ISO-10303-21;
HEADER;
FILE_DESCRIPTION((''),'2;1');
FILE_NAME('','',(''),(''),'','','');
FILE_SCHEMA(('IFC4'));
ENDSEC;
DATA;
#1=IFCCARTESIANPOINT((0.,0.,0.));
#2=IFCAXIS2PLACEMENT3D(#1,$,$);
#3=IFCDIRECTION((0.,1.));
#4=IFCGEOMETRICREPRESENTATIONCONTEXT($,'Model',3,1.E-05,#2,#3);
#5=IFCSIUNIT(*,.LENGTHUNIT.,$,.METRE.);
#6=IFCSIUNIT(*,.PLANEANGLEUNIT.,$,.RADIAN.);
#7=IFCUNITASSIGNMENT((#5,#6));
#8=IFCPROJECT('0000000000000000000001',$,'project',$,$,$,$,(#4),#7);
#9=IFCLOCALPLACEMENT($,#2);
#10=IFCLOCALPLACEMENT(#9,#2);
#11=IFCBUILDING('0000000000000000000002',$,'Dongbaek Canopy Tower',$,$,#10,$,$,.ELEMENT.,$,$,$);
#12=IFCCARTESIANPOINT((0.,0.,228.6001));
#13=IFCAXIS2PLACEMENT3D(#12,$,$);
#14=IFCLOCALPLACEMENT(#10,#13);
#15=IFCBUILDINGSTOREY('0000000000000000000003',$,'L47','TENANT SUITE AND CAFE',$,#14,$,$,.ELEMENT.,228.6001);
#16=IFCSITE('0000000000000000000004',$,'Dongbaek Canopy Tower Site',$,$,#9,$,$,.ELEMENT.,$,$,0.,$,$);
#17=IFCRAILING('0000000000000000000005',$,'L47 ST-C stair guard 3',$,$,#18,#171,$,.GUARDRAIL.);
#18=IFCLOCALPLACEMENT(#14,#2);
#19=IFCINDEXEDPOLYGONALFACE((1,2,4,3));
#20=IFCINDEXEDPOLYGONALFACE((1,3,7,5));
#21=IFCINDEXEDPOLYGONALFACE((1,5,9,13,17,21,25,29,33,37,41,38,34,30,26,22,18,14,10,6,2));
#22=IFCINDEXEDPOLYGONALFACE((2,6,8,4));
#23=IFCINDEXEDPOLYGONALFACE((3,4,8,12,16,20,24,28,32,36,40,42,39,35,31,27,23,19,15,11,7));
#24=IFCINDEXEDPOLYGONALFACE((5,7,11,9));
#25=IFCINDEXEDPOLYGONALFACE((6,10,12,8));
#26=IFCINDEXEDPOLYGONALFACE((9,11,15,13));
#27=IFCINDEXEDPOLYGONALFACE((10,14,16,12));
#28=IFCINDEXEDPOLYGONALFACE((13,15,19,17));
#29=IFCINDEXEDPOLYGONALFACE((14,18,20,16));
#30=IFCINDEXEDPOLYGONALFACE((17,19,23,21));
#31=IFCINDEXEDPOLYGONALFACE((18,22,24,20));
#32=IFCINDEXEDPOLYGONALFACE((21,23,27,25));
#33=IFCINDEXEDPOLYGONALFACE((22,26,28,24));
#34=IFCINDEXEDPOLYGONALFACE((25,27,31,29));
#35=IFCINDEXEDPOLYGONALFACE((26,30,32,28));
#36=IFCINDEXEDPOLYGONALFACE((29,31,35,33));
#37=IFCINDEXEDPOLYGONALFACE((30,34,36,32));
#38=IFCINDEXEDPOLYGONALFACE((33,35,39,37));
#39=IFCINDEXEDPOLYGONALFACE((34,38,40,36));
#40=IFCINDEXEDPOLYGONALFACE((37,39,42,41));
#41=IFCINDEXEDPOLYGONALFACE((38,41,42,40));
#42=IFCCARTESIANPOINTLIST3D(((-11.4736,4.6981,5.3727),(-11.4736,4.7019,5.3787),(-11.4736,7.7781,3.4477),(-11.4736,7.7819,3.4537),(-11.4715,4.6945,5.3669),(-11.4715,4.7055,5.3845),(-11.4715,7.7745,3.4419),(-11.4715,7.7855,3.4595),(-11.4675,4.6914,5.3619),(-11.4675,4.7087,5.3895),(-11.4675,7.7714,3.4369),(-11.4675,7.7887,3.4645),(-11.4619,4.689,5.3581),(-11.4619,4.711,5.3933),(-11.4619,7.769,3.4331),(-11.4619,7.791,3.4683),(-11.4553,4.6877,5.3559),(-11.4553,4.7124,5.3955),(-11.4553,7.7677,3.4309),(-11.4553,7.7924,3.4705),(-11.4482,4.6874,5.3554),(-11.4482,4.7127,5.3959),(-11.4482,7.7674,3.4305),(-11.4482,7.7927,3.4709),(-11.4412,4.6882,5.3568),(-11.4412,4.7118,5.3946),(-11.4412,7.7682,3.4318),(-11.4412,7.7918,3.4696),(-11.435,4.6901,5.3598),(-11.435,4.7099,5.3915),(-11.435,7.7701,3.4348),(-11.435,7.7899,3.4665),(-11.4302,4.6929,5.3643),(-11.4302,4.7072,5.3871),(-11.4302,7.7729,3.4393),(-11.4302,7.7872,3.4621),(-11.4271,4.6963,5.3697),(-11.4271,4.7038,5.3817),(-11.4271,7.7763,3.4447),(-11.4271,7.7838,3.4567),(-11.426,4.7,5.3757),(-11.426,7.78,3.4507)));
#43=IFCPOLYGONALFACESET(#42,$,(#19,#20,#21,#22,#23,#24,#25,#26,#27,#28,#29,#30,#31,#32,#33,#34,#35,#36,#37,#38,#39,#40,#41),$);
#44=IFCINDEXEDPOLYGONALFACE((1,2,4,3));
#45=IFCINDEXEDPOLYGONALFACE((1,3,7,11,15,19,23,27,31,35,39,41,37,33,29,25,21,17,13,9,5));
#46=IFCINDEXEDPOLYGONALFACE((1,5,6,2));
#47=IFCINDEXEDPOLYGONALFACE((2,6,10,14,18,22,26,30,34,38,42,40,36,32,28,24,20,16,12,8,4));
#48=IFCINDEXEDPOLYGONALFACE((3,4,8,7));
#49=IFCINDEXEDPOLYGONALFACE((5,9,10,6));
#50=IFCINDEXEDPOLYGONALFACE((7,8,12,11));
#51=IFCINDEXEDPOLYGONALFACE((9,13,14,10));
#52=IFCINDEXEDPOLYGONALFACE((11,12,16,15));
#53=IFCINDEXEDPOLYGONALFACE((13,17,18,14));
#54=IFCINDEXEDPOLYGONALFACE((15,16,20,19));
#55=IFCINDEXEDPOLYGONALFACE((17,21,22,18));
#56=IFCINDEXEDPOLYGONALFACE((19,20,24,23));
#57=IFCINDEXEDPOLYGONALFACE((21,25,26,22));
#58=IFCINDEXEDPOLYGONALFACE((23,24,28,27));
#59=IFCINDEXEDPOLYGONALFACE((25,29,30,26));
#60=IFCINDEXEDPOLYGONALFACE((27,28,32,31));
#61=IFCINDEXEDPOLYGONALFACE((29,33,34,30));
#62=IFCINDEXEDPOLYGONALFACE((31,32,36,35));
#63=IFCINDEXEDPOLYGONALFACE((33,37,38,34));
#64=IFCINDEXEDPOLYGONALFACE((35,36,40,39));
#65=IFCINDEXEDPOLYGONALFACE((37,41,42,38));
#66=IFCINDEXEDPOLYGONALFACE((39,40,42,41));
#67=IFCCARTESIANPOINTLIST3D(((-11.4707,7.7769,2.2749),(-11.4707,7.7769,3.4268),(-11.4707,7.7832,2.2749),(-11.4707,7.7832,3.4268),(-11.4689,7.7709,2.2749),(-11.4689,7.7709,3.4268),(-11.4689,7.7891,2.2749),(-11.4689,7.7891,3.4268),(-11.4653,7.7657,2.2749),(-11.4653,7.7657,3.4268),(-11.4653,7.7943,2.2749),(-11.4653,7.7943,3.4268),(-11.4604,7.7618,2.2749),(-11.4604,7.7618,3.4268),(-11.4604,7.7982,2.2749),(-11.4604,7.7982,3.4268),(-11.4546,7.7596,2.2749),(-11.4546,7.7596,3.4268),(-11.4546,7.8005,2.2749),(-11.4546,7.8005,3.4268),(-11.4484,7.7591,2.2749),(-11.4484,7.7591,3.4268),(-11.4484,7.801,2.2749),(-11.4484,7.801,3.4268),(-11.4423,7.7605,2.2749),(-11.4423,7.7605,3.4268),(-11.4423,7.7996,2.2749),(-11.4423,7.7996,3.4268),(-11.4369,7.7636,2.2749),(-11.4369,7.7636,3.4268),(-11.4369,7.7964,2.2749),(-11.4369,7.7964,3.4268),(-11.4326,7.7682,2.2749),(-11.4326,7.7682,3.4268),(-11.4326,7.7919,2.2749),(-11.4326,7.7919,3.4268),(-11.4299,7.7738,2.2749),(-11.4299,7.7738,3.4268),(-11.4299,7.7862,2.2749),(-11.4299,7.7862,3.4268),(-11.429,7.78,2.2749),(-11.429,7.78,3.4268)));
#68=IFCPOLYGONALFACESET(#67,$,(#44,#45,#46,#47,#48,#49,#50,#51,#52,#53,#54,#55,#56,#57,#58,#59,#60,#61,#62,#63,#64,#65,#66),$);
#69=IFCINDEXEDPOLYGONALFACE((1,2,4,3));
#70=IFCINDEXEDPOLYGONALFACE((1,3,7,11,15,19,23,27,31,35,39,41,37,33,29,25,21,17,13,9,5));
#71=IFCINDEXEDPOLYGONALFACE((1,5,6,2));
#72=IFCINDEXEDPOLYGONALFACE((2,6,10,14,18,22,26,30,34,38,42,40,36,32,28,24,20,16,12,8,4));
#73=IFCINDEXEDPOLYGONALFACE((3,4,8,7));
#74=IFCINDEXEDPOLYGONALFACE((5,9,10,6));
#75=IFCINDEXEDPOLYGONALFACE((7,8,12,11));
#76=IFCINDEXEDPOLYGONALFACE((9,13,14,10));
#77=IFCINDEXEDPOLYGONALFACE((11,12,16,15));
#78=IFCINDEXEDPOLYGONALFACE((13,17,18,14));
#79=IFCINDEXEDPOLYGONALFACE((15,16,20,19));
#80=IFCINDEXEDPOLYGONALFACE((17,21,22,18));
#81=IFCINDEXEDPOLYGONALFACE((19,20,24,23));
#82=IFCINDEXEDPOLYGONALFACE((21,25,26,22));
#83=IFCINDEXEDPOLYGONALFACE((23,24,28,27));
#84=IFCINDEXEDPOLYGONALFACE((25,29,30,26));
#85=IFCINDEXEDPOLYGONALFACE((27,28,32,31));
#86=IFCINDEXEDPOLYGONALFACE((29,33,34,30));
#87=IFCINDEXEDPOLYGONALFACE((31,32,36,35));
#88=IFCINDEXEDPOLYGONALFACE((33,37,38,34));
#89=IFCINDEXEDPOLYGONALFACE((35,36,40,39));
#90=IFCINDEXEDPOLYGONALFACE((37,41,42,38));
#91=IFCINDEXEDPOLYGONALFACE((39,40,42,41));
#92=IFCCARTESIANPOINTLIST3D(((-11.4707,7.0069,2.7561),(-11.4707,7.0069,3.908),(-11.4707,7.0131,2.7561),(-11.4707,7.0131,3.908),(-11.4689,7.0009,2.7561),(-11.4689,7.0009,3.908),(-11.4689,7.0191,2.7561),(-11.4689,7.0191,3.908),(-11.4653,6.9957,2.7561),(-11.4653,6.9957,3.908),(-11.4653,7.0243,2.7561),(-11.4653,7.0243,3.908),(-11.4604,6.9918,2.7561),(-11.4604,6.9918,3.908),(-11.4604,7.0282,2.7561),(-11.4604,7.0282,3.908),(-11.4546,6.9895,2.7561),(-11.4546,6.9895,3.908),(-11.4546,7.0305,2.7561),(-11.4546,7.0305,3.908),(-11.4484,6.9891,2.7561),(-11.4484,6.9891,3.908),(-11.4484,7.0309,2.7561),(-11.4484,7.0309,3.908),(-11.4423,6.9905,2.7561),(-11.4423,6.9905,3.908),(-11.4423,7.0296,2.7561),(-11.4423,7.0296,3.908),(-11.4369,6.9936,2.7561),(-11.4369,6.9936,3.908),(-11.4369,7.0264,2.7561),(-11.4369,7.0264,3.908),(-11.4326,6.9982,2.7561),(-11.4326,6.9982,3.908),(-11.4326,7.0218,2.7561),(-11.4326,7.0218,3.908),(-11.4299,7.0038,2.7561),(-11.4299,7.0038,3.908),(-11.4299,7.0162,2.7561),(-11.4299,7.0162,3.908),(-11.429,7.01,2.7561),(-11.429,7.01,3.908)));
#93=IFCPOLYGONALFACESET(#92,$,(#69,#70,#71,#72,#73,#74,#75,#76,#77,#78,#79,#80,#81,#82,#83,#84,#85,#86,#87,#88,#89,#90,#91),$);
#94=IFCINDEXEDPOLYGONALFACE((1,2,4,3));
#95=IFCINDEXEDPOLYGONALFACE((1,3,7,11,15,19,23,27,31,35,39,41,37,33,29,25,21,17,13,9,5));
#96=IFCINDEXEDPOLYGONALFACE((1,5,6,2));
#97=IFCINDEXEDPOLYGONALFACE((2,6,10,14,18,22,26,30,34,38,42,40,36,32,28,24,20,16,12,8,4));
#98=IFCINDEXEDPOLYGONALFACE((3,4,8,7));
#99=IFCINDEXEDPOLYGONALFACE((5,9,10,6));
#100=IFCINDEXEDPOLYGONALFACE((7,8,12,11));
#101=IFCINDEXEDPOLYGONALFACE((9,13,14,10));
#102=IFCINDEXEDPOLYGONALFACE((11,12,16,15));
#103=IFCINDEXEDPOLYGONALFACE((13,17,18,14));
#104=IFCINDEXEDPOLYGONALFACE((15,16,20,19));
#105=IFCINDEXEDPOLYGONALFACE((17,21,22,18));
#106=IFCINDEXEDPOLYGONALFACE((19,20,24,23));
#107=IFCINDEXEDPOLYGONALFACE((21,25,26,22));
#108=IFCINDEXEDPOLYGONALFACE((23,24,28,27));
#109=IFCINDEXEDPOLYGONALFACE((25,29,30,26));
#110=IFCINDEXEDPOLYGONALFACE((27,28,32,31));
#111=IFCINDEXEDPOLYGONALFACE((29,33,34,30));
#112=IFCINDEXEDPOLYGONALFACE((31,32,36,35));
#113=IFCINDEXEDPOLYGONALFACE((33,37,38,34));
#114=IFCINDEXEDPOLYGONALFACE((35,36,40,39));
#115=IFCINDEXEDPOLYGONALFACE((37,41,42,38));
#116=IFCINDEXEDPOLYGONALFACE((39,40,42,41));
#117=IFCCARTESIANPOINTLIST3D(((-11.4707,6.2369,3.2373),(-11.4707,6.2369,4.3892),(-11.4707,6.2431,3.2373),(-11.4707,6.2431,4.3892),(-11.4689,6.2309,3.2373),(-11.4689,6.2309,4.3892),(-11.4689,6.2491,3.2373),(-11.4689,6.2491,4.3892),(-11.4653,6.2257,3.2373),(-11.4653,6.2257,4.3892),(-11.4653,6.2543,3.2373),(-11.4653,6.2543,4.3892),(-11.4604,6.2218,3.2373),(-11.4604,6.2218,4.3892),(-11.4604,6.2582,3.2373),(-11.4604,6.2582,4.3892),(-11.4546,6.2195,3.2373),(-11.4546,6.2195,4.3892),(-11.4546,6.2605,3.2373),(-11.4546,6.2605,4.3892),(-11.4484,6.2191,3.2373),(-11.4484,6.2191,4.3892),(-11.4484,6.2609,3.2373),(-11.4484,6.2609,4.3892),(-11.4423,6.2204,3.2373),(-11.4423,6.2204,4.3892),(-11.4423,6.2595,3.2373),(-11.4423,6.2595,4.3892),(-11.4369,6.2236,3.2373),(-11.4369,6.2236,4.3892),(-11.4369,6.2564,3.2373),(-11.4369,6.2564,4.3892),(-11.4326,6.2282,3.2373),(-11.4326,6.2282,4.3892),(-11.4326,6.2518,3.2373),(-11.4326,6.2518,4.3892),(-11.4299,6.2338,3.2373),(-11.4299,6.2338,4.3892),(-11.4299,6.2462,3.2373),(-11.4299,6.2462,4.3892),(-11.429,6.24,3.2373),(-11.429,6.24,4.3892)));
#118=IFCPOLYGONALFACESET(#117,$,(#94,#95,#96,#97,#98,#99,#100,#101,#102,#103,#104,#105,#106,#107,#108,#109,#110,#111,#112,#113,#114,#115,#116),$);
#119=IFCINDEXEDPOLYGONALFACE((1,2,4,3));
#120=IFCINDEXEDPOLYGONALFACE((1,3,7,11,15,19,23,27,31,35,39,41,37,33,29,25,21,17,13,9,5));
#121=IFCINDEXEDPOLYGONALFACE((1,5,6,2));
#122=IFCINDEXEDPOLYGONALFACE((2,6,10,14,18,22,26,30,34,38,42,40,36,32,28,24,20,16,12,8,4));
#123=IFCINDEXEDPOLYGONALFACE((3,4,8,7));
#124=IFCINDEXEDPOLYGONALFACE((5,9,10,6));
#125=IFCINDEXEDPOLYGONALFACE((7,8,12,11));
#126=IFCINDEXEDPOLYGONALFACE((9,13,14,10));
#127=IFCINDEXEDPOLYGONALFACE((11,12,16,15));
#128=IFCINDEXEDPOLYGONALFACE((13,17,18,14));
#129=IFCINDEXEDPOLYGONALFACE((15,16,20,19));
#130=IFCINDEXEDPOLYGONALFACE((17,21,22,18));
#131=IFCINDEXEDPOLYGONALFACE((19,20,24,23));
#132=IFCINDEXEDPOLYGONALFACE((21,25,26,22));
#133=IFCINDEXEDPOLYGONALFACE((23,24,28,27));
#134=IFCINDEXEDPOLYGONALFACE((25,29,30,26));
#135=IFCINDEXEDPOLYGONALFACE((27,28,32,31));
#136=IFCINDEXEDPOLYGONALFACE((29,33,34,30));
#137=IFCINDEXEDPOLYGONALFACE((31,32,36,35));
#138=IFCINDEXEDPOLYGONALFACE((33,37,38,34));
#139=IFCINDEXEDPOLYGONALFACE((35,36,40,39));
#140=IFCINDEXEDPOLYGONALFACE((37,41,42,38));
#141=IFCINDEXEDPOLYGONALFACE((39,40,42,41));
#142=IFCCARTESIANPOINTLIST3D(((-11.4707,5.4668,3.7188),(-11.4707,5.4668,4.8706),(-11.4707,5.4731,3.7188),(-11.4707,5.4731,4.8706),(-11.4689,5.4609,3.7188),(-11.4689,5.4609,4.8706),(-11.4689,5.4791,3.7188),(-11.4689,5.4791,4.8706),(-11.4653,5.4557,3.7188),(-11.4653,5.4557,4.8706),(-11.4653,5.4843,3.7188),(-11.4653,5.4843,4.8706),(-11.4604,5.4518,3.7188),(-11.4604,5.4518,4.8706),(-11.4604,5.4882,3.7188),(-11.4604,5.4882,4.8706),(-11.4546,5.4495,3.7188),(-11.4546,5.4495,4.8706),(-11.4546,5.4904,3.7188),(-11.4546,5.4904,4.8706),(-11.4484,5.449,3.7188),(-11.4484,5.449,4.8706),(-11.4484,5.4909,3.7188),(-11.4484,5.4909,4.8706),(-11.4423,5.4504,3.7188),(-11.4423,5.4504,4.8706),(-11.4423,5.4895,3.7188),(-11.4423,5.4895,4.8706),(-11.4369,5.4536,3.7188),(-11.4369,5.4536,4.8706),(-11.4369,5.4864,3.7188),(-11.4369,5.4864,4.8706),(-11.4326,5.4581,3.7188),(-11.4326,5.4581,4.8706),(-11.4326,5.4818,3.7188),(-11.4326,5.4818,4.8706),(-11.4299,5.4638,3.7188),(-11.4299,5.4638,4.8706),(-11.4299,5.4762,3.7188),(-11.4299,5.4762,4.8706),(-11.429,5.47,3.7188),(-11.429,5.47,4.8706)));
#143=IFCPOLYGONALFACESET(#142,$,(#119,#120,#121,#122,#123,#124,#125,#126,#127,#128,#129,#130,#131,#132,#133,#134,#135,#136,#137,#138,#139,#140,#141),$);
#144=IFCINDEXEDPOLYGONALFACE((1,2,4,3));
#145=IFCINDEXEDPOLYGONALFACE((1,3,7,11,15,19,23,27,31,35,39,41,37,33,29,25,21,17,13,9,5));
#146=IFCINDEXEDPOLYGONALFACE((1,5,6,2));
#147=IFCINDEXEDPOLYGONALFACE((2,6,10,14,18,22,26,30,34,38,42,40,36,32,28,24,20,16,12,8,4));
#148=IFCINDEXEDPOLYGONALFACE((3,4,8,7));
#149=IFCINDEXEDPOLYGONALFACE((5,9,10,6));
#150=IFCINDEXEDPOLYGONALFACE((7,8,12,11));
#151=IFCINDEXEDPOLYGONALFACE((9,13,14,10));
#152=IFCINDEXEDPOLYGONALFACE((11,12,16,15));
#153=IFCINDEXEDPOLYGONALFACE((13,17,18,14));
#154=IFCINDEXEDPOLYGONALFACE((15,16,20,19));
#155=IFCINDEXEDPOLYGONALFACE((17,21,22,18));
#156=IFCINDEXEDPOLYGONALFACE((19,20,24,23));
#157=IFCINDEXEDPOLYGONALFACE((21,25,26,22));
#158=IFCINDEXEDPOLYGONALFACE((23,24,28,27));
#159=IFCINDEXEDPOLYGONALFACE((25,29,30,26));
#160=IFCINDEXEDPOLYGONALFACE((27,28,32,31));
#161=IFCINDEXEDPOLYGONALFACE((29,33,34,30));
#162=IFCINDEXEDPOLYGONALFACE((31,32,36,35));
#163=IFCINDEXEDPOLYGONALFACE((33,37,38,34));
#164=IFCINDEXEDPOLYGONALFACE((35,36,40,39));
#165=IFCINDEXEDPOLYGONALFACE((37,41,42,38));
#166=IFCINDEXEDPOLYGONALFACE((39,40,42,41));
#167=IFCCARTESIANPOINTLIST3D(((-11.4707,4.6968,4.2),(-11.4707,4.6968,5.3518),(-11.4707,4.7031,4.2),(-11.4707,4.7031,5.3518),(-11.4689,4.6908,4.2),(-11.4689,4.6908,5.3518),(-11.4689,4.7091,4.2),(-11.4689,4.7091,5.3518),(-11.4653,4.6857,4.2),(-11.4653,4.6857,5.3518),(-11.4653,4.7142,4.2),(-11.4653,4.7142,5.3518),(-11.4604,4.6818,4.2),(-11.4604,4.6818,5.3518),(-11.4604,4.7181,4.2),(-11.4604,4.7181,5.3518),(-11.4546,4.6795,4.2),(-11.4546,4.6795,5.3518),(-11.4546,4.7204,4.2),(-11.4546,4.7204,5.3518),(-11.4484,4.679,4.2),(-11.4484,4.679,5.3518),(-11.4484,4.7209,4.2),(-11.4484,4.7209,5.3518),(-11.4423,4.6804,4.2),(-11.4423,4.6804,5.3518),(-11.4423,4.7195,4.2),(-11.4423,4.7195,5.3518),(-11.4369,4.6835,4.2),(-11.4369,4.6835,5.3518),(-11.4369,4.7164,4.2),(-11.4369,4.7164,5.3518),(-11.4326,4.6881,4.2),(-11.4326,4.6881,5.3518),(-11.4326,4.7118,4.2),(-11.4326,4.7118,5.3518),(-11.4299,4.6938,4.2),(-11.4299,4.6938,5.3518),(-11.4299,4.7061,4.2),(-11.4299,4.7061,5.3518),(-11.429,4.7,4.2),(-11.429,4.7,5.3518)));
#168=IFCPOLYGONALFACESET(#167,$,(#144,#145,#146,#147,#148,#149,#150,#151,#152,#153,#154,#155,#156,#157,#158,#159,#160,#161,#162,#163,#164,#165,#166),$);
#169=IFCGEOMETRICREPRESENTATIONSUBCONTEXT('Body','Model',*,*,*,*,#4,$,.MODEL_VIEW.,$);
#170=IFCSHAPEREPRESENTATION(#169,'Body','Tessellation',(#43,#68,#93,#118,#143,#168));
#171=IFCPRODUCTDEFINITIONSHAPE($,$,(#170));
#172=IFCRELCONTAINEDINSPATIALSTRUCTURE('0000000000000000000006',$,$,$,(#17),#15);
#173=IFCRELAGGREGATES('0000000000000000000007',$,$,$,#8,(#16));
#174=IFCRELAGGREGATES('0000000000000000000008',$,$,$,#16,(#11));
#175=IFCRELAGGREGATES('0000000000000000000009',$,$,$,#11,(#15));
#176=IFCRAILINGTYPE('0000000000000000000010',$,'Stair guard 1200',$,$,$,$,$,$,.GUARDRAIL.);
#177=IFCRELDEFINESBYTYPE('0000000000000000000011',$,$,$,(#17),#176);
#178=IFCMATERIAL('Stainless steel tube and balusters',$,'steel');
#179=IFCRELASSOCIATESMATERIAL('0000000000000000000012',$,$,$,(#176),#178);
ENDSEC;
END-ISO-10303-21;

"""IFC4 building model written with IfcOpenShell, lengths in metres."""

from ifc_helpers import new_model, si_unit, direction, frame, origin, origin_2d, place, context, subcontext, project, spatial, circle, extrude, material, type_object, element, save


model = new_model("IFC4")

# Units and contexts
model_context = context("Model", 3, precision=1e-05, world=origin(), true_north=direction((0.0, 1.0)))
body_context = subcontext(model_context, "Body", "Model", "MODEL_VIEW")
ifc_project = project(units=[si_unit("LENGTHUNIT", "METRE"), si_unit("PLANEANGLEUNIT", "RADIAN")], contexts=[model_context])

# Site, building, storey
site_placement = place(None, origin())
site = spatial("IfcSite", under=ifc_project, at=site_placement, Name="Dongbaek Canopy Tower Site", CompositionType="ELEMENT", RefElevation=0.0)
building_placement = place(site_placement, origin())
building = spatial("IfcBuilding", under=site, at=building_placement, Name="Dongbaek Canopy Tower", CompositionType="ELEMENT")
storey_placement = place(building_placement, frame((0.0, 0.0, 228.6001)))
storey = spatial("IfcBuildingStorey", under=building, at=storey_placement, Name="L47", Description="TENANT SUITE AND CAFE", CompositionType="ELEMENT", Elevation=228.6001)

# Railing
ifc_material_1 = material(Name="Stainless steel tube and balusters", Category="steel")
railing_type_1 = type_object("IfcRailingType", Name="Stair guard 1200", PredefinedType="GUARDRAIL", material=ifc_material_1)
railing_1_placement = place(storey_placement, frame((-11.45, 7.78, 2.2749)))
element("IfcRailing", 1, at=railing_1_placement, inside=storey, type_object=railing_type_1, Name="L47 ST-C stair guard 3", PredefinedType="GUARDRAIL", context=body_context, shape_type="SweptSolid", body=[
    extrude(circle(Radius=0.0239, at=origin_2d()), frame((0.0, 0.0, 1.1758), z_axis=(0.0, -0.847998, 0.529999), x_axis=(1.0, 0.0, 0.0)), (0.0, 0.0, 1.0), 3.6321),
    extrude(circle(Radius=0.021, at=origin_2d()), origin(), (0.0, 0.0, 1.0), 1.1519),
    extrude(circle(Radius=0.021, at=origin_2d()), frame((0.0, -0.77, 0.4812)), (0.0, 0.0, 1.0), 1.1519),
    extrude(circle(Radius=0.021, at=origin_2d()), frame((0.0, -1.54, 0.9624)), (0.0, 0.0, 1.0), 1.1519),
    extrude(circle(Radius=0.021, at=origin_2d()), frame((0.0, -2.3101, 1.4438)), (0.0, 0.0, 1.0), 1.1519),
    extrude(circle(Radius=0.021, at=origin_2d()), frame((0.0, -3.0801, 1.925)), (0.0, 0.0, 1.0), 1.1519),
])

save(model, "model.ifc")
